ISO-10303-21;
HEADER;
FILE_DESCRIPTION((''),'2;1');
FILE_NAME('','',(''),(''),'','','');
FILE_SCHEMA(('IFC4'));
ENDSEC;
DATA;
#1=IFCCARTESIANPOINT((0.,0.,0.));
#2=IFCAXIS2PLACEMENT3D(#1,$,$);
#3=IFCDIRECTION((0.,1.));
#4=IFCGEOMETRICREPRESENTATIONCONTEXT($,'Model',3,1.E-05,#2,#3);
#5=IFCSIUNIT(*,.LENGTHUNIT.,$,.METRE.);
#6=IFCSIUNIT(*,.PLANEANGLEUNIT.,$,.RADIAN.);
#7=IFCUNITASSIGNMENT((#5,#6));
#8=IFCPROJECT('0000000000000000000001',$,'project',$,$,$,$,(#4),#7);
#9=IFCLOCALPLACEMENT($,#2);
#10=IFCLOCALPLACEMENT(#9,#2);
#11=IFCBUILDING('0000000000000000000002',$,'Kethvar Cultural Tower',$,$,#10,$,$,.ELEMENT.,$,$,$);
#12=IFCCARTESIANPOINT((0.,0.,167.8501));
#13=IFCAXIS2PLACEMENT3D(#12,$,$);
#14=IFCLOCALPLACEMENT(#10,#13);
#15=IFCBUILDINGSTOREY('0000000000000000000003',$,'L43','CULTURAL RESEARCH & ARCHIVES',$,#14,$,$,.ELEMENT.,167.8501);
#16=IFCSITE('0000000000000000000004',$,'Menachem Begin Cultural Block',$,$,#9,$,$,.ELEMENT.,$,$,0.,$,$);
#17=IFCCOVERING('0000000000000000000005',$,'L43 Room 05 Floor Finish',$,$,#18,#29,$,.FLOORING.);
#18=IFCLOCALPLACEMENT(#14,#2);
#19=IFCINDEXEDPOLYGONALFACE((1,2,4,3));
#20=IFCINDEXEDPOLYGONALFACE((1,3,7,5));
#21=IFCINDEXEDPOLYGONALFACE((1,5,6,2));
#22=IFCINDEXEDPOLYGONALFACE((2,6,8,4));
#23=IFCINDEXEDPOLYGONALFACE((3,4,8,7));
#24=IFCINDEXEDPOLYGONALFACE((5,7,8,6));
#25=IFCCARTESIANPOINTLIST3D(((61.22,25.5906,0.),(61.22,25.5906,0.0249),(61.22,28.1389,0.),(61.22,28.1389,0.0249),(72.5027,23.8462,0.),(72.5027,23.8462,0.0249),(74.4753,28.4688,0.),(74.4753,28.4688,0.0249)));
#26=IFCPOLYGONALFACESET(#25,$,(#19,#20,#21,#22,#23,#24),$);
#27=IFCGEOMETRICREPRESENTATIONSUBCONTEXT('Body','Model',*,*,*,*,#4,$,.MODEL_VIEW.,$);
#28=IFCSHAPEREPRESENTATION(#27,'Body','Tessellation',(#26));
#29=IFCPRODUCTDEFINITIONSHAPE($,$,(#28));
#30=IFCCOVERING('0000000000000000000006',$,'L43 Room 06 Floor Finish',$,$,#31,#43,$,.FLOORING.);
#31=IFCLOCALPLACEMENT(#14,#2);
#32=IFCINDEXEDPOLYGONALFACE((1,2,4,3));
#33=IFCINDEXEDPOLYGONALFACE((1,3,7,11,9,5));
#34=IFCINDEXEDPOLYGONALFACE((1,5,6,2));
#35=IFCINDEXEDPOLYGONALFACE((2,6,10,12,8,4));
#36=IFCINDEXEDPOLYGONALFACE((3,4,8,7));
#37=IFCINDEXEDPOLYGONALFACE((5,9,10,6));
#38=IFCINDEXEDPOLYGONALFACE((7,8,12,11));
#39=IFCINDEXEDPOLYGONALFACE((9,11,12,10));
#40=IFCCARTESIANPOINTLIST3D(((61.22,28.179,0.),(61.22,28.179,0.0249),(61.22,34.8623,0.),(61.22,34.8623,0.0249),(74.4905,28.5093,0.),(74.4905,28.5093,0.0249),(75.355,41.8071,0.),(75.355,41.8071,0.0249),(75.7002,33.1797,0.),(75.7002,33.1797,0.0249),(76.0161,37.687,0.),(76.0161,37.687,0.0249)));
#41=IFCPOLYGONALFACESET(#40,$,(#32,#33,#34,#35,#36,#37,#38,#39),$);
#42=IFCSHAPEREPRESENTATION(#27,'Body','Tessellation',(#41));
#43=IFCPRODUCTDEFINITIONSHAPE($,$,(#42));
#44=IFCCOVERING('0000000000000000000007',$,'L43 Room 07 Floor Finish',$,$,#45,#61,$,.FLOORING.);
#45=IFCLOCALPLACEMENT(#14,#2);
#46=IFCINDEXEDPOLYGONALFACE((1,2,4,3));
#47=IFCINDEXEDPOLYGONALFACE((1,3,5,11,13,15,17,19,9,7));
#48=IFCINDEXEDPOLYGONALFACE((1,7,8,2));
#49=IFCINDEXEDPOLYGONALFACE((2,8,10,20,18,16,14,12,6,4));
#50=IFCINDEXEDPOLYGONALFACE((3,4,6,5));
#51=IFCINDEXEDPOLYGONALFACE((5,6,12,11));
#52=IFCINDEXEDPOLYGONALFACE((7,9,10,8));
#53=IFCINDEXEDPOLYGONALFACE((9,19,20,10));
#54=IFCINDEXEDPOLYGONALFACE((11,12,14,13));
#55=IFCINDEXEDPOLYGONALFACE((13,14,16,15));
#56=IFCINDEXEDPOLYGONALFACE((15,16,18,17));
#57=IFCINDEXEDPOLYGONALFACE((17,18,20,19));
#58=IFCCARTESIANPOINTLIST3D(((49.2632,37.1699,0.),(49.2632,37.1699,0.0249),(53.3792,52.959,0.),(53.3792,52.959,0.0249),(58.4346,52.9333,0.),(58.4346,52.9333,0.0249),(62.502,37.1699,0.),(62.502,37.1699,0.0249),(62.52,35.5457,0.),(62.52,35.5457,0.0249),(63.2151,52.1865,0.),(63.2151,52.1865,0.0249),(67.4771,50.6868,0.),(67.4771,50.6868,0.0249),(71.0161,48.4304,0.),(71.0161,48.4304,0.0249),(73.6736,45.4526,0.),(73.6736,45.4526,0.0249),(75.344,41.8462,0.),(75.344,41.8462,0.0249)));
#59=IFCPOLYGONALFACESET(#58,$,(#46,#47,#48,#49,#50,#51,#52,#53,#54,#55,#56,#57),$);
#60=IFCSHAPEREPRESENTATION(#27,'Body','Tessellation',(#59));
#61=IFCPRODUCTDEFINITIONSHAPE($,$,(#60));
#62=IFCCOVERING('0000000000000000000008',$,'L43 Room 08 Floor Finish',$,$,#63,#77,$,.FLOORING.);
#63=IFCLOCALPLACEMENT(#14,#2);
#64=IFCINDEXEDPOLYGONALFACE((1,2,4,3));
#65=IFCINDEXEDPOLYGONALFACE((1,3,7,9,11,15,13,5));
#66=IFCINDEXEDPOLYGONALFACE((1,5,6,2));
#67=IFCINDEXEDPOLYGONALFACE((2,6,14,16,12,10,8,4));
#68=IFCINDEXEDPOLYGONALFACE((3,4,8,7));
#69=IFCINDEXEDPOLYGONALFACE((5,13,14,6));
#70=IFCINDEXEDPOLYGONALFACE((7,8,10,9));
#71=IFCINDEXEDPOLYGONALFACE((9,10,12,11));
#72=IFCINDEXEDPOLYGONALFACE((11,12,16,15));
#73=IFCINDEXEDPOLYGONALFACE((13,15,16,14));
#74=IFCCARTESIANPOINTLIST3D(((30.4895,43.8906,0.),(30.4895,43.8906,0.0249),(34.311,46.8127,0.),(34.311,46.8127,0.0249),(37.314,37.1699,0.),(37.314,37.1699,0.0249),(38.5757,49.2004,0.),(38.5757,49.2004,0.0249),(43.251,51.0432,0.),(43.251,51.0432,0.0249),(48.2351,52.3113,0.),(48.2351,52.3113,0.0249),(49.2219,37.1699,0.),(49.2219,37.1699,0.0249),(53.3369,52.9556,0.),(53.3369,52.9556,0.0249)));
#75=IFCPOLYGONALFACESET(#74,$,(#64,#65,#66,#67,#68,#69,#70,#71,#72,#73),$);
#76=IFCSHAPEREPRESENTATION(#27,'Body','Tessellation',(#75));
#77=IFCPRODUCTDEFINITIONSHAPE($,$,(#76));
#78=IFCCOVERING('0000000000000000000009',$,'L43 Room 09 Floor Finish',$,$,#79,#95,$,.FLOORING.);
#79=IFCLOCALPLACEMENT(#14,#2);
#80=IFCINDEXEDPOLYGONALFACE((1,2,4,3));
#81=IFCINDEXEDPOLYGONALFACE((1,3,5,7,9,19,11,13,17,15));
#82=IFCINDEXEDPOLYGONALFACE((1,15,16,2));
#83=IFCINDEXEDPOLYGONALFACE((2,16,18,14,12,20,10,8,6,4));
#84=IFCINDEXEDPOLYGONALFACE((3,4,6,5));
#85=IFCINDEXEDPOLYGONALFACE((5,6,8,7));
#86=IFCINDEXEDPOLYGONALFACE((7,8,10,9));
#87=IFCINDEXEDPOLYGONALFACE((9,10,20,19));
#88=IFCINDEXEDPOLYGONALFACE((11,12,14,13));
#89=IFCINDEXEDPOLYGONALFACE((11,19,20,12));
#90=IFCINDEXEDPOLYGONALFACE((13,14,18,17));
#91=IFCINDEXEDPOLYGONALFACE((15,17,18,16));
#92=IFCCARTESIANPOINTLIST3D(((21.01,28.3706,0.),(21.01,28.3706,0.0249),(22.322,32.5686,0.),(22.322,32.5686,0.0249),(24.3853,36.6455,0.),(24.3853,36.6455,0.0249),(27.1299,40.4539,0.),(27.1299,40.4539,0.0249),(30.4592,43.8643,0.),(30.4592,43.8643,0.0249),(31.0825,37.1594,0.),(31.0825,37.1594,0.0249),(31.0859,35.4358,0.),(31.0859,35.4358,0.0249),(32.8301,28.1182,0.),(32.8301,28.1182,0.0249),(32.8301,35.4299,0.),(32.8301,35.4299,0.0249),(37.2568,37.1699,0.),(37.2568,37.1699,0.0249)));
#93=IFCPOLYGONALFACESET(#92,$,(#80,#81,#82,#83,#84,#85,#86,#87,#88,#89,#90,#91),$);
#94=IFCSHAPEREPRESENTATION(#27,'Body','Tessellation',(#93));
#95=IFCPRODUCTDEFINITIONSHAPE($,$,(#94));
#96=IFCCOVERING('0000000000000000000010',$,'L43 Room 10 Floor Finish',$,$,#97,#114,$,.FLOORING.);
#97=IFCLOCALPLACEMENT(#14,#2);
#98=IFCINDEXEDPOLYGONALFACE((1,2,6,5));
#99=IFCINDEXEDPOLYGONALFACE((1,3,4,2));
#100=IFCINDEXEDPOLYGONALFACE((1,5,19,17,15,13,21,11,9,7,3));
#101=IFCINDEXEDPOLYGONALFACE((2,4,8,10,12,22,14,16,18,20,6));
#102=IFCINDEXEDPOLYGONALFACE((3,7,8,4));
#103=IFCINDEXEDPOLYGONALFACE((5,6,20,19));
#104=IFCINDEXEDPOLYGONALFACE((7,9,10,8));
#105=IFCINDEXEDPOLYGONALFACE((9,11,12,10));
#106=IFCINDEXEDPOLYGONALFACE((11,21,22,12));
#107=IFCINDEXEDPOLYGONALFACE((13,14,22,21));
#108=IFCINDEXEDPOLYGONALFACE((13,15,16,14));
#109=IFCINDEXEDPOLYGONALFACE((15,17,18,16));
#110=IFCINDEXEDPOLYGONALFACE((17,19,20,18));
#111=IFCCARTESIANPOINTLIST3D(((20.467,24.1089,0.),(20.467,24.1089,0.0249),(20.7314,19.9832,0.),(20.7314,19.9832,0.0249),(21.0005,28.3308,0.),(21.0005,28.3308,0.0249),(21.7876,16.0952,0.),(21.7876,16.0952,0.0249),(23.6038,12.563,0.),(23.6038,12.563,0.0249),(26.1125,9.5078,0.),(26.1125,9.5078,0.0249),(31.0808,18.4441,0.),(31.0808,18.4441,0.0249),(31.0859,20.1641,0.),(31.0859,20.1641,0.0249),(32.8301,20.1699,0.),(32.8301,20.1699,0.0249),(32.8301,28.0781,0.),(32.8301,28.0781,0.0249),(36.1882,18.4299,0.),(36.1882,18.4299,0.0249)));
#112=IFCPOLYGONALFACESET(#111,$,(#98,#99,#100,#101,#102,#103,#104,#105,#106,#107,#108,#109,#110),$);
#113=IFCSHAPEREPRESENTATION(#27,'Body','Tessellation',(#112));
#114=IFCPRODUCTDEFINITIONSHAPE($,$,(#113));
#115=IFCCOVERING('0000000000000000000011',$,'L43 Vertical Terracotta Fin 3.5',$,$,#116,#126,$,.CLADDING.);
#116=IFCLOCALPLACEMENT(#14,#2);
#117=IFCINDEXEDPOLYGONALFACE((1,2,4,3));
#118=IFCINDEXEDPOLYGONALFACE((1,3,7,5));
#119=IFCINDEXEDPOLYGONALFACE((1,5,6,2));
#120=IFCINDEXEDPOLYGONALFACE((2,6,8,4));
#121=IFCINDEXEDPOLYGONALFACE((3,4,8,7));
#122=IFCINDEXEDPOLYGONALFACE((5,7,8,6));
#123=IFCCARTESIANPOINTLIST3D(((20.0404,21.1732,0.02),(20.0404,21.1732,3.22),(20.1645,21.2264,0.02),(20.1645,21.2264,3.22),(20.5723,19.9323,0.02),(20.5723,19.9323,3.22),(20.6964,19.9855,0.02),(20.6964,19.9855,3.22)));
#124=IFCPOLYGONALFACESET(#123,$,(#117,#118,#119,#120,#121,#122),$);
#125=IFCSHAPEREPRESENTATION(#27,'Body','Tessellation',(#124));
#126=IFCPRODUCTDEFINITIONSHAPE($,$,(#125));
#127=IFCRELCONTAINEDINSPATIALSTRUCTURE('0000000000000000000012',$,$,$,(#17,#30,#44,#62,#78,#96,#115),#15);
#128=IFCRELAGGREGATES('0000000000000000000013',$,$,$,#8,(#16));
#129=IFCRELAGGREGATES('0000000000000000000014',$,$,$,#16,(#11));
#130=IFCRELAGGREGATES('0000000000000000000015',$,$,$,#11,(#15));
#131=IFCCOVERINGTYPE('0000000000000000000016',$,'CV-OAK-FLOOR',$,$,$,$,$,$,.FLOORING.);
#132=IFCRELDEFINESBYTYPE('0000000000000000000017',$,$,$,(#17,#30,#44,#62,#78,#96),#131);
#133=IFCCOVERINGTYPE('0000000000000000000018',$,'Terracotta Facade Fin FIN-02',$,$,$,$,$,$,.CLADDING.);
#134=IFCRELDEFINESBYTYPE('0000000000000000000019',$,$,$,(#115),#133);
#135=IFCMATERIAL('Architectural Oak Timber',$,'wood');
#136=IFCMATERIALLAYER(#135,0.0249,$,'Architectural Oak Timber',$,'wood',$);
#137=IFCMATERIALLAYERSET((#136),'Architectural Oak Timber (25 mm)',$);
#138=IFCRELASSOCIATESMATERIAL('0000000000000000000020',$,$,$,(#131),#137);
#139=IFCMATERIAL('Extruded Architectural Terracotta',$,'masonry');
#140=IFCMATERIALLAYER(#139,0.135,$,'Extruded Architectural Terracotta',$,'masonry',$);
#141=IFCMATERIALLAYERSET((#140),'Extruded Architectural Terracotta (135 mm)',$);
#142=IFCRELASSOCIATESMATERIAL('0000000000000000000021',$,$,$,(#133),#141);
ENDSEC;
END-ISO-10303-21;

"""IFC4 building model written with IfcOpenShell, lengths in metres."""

from ifc_helpers import new_model, si_unit, direction, frame, origin, origin_2d, place, context, subcontext, project, spatial, polyline, rectangle, outline, extrude, source, transform, mapped, material, layer, layer_set, type_object, element, save


model = new_model("IFC4")

# Units and contexts
model_context = context("Model", 3, precision=1e-05, world=origin(), true_north=direction((0.0, 1.0)))
body_context = subcontext(model_context, "Body", "Model", "MODEL_VIEW")
ifc_project = project(units=[si_unit("LENGTHUNIT", "METRE"), si_unit("PLANEANGLEUNIT", "RADIAN")], contexts=[model_context])

# Site, building, storey
site_placement = place(None, origin())
site = spatial("IfcSite", under=ifc_project, at=site_placement, Name="Menachem Begin Cultural Block", CompositionType="ELEMENT", RefElevation=0.0)
building_placement = place(site_placement, origin())
building = spatial("IfcBuilding", under=site, at=building_placement, Name="Kethvar Cultural Tower", CompositionType="ELEMENT")
storey_placement = place(building_placement, frame((0.0, 0.0, 167.8501)))
storey = spatial("IfcBuildingStorey", under=building, at=storey_placement, Name="L43", Description="CULTURAL RESEARCH & ARCHIVES", CompositionType="ELEMENT", Elevation=167.8501)

# Coverings
ifc_material_1 = material(Name="Architectural Oak Timber", Category="wood")
ifc_layer_1 = layer(ifc_material_1, 0.0249, Name="Architectural Oak Timber", Category="wood")
ifc_layer_set_1 = layer_set([ifc_layer_1], Name="Architectural Oak Timber (25 mm)")
covering_type_1 = type_object("IfcCoveringType", Name="CV-OAK-FLOOR", PredefinedType="FLOORING", material=ifc_layer_set_1)
covering_1_placement = place(storey_placement, origin())
element("IfcCovering", 1, at=covering_1_placement, inside=storey, type_object=covering_type_1, Name="L43 Room 05 Floor Finish", PredefinedType="FLOORING", context=body_context, shape_type="SweptSolid", body=[
    extrude(outline(polyline([(72.5027, 23.8462), (61.22, 25.5906), (61.22, 28.1389), (74.4753, 28.4688), (72.5027, 23.8462)])), origin(), (0.0, 0.0, 1.0), 0.0249),
])
covering_2_placement = place(storey_placement, origin())
element("IfcCovering", 2, at=covering_2_placement, inside=storey, type_object=covering_type_1, Name="L43 Room 06 Floor Finish", PredefinedType="FLOORING", context=body_context, shape_type="SweptSolid", body=[
    extrude(outline(polyline([(76.0161, 37.687), (75.7002, 33.1797), (74.4905, 28.5093), (61.22, 28.179), (61.22, 34.8623), (75.355, 41.8071), (76.0161, 37.687)])), origin(), (0.0, 0.0, 1.0), 0.0249),
])
covering_3_placement = place(storey_placement, origin())
element("IfcCovering", 3, at=covering_3_placement, inside=storey, type_object=covering_type_1, Name="L43 Room 07 Floor Finish", PredefinedType="FLOORING", context=body_context, shape_type="SweptSolid", body=[
    extrude(outline(polyline([(58.4346, 52.9333), (63.2151, 52.1865), (67.4771, 50.6868), (71.0161, 48.4304), (73.6736, 45.4526), (75.344, 41.8462), (62.52, 35.5457), (62.502, 37.1699), (49.2632, 37.1699), (53.3792, 52.959), (58.4346, 52.9333)])), origin(), (0.0, 0.0, 1.0), 0.0249),
])
covering_4_placement = place(storey_placement, origin())
element("IfcCovering", 4, at=covering_4_placement, inside=storey, type_object=covering_type_1, Name="L43 Room 08 Floor Finish", PredefinedType="FLOORING", context=body_context, shape_type="SweptSolid", body=[
    extrude(outline(polyline([(34.311, 46.8127), (38.5757, 49.2004), (43.251, 51.0432), (48.2351, 52.3113), (53.3369, 52.9556), (49.2219, 37.1699), (37.314, 37.1699), (30.4895, 43.8906), (34.311, 46.8127)])), origin(), (0.0, 0.0, 1.0), 0.0249),
])
covering_5_placement = place(storey_placement, origin())
element("IfcCovering", 5, at=covering_5_placement, inside=storey, type_object=covering_type_1, Name="L43 Room 09 Floor Finish", PredefinedType="FLOORING", context=body_context, shape_type="SweptSolid", body=[
    extrude(outline(polyline([(22.322, 32.5686), (24.3853, 36.6455), (27.1299, 40.4539), (30.4592, 43.8643), (37.2568, 37.1699), (31.0825, 37.1594), (31.0859, 35.4358), (32.8301, 35.4299), (32.8301, 28.1182), (21.01, 28.3706), (22.322, 32.5686)])), origin(), (0.0, 0.0, 1.0), 0.0249),
])
covering_6_placement = place(storey_placement, origin())
element("IfcCovering", 6, at=covering_6_placement, inside=storey, type_object=covering_type_1, Name="L43 Room 10 Floor Finish", PredefinedType="FLOORING", context=body_context, shape_type="SweptSolid", body=[
    extrude(outline(polyline([(23.6038, 12.563), (21.7876, 16.0952), (20.7314, 19.9832), (20.467, 24.1089), (21.0005, 28.3308), (32.8301, 28.0781), (32.8301, 20.1699), (31.0859, 20.1641), (31.0808, 18.4441), (36.1882, 18.4299), (26.1125, 9.5078), (23.6038, 12.563)])), origin(), (0.0, 0.0, 1.0), 0.0249),
])
ifc_material_2 = material(Name="Extruded Architectural Terracotta", Category="masonry")
ifc_layer_2 = layer(ifc_material_2, 0.135, Name="Extruded Architectural Terracotta", Category="masonry")
ifc_layer_set_2 = layer_set([ifc_layer_2], Name="Extruded Architectural Terracotta (135 mm)")
covering_type_2 = type_object("IfcCoveringType", Name="Terracotta Facade Fin FIN-02", PredefinedType="CLADDING", material=ifc_layer_set_2)
shared_shape_1 = source(origin(), body_context, "Body", "SweptSolid", [
    extrude(rectangle(XDim=1.3501, YDim=0.135, at=origin_2d()), origin(), (0.0, 0.0, 1.0), 3.2),
])
covering_7_placement = place(storey_placement, frame((20.3684, 20.5793, 0.02), z_axis=(0.0, 0.0, 1.0), x_axis=(-0.393942, 0.919135, 0.0)))
element("IfcCovering", 7, at=covering_7_placement, inside=storey, type_object=covering_type_2, Name="L43 Vertical Terracotta Fin 3.5", PredefinedType="CLADDING", context=body_context, shape_type="MappedRepresentation", body=[
    mapped(shared_shape_1, transform((0.0, 0.0, 0.0), scale=1.0)),
])

save(model, "model.ifc")
